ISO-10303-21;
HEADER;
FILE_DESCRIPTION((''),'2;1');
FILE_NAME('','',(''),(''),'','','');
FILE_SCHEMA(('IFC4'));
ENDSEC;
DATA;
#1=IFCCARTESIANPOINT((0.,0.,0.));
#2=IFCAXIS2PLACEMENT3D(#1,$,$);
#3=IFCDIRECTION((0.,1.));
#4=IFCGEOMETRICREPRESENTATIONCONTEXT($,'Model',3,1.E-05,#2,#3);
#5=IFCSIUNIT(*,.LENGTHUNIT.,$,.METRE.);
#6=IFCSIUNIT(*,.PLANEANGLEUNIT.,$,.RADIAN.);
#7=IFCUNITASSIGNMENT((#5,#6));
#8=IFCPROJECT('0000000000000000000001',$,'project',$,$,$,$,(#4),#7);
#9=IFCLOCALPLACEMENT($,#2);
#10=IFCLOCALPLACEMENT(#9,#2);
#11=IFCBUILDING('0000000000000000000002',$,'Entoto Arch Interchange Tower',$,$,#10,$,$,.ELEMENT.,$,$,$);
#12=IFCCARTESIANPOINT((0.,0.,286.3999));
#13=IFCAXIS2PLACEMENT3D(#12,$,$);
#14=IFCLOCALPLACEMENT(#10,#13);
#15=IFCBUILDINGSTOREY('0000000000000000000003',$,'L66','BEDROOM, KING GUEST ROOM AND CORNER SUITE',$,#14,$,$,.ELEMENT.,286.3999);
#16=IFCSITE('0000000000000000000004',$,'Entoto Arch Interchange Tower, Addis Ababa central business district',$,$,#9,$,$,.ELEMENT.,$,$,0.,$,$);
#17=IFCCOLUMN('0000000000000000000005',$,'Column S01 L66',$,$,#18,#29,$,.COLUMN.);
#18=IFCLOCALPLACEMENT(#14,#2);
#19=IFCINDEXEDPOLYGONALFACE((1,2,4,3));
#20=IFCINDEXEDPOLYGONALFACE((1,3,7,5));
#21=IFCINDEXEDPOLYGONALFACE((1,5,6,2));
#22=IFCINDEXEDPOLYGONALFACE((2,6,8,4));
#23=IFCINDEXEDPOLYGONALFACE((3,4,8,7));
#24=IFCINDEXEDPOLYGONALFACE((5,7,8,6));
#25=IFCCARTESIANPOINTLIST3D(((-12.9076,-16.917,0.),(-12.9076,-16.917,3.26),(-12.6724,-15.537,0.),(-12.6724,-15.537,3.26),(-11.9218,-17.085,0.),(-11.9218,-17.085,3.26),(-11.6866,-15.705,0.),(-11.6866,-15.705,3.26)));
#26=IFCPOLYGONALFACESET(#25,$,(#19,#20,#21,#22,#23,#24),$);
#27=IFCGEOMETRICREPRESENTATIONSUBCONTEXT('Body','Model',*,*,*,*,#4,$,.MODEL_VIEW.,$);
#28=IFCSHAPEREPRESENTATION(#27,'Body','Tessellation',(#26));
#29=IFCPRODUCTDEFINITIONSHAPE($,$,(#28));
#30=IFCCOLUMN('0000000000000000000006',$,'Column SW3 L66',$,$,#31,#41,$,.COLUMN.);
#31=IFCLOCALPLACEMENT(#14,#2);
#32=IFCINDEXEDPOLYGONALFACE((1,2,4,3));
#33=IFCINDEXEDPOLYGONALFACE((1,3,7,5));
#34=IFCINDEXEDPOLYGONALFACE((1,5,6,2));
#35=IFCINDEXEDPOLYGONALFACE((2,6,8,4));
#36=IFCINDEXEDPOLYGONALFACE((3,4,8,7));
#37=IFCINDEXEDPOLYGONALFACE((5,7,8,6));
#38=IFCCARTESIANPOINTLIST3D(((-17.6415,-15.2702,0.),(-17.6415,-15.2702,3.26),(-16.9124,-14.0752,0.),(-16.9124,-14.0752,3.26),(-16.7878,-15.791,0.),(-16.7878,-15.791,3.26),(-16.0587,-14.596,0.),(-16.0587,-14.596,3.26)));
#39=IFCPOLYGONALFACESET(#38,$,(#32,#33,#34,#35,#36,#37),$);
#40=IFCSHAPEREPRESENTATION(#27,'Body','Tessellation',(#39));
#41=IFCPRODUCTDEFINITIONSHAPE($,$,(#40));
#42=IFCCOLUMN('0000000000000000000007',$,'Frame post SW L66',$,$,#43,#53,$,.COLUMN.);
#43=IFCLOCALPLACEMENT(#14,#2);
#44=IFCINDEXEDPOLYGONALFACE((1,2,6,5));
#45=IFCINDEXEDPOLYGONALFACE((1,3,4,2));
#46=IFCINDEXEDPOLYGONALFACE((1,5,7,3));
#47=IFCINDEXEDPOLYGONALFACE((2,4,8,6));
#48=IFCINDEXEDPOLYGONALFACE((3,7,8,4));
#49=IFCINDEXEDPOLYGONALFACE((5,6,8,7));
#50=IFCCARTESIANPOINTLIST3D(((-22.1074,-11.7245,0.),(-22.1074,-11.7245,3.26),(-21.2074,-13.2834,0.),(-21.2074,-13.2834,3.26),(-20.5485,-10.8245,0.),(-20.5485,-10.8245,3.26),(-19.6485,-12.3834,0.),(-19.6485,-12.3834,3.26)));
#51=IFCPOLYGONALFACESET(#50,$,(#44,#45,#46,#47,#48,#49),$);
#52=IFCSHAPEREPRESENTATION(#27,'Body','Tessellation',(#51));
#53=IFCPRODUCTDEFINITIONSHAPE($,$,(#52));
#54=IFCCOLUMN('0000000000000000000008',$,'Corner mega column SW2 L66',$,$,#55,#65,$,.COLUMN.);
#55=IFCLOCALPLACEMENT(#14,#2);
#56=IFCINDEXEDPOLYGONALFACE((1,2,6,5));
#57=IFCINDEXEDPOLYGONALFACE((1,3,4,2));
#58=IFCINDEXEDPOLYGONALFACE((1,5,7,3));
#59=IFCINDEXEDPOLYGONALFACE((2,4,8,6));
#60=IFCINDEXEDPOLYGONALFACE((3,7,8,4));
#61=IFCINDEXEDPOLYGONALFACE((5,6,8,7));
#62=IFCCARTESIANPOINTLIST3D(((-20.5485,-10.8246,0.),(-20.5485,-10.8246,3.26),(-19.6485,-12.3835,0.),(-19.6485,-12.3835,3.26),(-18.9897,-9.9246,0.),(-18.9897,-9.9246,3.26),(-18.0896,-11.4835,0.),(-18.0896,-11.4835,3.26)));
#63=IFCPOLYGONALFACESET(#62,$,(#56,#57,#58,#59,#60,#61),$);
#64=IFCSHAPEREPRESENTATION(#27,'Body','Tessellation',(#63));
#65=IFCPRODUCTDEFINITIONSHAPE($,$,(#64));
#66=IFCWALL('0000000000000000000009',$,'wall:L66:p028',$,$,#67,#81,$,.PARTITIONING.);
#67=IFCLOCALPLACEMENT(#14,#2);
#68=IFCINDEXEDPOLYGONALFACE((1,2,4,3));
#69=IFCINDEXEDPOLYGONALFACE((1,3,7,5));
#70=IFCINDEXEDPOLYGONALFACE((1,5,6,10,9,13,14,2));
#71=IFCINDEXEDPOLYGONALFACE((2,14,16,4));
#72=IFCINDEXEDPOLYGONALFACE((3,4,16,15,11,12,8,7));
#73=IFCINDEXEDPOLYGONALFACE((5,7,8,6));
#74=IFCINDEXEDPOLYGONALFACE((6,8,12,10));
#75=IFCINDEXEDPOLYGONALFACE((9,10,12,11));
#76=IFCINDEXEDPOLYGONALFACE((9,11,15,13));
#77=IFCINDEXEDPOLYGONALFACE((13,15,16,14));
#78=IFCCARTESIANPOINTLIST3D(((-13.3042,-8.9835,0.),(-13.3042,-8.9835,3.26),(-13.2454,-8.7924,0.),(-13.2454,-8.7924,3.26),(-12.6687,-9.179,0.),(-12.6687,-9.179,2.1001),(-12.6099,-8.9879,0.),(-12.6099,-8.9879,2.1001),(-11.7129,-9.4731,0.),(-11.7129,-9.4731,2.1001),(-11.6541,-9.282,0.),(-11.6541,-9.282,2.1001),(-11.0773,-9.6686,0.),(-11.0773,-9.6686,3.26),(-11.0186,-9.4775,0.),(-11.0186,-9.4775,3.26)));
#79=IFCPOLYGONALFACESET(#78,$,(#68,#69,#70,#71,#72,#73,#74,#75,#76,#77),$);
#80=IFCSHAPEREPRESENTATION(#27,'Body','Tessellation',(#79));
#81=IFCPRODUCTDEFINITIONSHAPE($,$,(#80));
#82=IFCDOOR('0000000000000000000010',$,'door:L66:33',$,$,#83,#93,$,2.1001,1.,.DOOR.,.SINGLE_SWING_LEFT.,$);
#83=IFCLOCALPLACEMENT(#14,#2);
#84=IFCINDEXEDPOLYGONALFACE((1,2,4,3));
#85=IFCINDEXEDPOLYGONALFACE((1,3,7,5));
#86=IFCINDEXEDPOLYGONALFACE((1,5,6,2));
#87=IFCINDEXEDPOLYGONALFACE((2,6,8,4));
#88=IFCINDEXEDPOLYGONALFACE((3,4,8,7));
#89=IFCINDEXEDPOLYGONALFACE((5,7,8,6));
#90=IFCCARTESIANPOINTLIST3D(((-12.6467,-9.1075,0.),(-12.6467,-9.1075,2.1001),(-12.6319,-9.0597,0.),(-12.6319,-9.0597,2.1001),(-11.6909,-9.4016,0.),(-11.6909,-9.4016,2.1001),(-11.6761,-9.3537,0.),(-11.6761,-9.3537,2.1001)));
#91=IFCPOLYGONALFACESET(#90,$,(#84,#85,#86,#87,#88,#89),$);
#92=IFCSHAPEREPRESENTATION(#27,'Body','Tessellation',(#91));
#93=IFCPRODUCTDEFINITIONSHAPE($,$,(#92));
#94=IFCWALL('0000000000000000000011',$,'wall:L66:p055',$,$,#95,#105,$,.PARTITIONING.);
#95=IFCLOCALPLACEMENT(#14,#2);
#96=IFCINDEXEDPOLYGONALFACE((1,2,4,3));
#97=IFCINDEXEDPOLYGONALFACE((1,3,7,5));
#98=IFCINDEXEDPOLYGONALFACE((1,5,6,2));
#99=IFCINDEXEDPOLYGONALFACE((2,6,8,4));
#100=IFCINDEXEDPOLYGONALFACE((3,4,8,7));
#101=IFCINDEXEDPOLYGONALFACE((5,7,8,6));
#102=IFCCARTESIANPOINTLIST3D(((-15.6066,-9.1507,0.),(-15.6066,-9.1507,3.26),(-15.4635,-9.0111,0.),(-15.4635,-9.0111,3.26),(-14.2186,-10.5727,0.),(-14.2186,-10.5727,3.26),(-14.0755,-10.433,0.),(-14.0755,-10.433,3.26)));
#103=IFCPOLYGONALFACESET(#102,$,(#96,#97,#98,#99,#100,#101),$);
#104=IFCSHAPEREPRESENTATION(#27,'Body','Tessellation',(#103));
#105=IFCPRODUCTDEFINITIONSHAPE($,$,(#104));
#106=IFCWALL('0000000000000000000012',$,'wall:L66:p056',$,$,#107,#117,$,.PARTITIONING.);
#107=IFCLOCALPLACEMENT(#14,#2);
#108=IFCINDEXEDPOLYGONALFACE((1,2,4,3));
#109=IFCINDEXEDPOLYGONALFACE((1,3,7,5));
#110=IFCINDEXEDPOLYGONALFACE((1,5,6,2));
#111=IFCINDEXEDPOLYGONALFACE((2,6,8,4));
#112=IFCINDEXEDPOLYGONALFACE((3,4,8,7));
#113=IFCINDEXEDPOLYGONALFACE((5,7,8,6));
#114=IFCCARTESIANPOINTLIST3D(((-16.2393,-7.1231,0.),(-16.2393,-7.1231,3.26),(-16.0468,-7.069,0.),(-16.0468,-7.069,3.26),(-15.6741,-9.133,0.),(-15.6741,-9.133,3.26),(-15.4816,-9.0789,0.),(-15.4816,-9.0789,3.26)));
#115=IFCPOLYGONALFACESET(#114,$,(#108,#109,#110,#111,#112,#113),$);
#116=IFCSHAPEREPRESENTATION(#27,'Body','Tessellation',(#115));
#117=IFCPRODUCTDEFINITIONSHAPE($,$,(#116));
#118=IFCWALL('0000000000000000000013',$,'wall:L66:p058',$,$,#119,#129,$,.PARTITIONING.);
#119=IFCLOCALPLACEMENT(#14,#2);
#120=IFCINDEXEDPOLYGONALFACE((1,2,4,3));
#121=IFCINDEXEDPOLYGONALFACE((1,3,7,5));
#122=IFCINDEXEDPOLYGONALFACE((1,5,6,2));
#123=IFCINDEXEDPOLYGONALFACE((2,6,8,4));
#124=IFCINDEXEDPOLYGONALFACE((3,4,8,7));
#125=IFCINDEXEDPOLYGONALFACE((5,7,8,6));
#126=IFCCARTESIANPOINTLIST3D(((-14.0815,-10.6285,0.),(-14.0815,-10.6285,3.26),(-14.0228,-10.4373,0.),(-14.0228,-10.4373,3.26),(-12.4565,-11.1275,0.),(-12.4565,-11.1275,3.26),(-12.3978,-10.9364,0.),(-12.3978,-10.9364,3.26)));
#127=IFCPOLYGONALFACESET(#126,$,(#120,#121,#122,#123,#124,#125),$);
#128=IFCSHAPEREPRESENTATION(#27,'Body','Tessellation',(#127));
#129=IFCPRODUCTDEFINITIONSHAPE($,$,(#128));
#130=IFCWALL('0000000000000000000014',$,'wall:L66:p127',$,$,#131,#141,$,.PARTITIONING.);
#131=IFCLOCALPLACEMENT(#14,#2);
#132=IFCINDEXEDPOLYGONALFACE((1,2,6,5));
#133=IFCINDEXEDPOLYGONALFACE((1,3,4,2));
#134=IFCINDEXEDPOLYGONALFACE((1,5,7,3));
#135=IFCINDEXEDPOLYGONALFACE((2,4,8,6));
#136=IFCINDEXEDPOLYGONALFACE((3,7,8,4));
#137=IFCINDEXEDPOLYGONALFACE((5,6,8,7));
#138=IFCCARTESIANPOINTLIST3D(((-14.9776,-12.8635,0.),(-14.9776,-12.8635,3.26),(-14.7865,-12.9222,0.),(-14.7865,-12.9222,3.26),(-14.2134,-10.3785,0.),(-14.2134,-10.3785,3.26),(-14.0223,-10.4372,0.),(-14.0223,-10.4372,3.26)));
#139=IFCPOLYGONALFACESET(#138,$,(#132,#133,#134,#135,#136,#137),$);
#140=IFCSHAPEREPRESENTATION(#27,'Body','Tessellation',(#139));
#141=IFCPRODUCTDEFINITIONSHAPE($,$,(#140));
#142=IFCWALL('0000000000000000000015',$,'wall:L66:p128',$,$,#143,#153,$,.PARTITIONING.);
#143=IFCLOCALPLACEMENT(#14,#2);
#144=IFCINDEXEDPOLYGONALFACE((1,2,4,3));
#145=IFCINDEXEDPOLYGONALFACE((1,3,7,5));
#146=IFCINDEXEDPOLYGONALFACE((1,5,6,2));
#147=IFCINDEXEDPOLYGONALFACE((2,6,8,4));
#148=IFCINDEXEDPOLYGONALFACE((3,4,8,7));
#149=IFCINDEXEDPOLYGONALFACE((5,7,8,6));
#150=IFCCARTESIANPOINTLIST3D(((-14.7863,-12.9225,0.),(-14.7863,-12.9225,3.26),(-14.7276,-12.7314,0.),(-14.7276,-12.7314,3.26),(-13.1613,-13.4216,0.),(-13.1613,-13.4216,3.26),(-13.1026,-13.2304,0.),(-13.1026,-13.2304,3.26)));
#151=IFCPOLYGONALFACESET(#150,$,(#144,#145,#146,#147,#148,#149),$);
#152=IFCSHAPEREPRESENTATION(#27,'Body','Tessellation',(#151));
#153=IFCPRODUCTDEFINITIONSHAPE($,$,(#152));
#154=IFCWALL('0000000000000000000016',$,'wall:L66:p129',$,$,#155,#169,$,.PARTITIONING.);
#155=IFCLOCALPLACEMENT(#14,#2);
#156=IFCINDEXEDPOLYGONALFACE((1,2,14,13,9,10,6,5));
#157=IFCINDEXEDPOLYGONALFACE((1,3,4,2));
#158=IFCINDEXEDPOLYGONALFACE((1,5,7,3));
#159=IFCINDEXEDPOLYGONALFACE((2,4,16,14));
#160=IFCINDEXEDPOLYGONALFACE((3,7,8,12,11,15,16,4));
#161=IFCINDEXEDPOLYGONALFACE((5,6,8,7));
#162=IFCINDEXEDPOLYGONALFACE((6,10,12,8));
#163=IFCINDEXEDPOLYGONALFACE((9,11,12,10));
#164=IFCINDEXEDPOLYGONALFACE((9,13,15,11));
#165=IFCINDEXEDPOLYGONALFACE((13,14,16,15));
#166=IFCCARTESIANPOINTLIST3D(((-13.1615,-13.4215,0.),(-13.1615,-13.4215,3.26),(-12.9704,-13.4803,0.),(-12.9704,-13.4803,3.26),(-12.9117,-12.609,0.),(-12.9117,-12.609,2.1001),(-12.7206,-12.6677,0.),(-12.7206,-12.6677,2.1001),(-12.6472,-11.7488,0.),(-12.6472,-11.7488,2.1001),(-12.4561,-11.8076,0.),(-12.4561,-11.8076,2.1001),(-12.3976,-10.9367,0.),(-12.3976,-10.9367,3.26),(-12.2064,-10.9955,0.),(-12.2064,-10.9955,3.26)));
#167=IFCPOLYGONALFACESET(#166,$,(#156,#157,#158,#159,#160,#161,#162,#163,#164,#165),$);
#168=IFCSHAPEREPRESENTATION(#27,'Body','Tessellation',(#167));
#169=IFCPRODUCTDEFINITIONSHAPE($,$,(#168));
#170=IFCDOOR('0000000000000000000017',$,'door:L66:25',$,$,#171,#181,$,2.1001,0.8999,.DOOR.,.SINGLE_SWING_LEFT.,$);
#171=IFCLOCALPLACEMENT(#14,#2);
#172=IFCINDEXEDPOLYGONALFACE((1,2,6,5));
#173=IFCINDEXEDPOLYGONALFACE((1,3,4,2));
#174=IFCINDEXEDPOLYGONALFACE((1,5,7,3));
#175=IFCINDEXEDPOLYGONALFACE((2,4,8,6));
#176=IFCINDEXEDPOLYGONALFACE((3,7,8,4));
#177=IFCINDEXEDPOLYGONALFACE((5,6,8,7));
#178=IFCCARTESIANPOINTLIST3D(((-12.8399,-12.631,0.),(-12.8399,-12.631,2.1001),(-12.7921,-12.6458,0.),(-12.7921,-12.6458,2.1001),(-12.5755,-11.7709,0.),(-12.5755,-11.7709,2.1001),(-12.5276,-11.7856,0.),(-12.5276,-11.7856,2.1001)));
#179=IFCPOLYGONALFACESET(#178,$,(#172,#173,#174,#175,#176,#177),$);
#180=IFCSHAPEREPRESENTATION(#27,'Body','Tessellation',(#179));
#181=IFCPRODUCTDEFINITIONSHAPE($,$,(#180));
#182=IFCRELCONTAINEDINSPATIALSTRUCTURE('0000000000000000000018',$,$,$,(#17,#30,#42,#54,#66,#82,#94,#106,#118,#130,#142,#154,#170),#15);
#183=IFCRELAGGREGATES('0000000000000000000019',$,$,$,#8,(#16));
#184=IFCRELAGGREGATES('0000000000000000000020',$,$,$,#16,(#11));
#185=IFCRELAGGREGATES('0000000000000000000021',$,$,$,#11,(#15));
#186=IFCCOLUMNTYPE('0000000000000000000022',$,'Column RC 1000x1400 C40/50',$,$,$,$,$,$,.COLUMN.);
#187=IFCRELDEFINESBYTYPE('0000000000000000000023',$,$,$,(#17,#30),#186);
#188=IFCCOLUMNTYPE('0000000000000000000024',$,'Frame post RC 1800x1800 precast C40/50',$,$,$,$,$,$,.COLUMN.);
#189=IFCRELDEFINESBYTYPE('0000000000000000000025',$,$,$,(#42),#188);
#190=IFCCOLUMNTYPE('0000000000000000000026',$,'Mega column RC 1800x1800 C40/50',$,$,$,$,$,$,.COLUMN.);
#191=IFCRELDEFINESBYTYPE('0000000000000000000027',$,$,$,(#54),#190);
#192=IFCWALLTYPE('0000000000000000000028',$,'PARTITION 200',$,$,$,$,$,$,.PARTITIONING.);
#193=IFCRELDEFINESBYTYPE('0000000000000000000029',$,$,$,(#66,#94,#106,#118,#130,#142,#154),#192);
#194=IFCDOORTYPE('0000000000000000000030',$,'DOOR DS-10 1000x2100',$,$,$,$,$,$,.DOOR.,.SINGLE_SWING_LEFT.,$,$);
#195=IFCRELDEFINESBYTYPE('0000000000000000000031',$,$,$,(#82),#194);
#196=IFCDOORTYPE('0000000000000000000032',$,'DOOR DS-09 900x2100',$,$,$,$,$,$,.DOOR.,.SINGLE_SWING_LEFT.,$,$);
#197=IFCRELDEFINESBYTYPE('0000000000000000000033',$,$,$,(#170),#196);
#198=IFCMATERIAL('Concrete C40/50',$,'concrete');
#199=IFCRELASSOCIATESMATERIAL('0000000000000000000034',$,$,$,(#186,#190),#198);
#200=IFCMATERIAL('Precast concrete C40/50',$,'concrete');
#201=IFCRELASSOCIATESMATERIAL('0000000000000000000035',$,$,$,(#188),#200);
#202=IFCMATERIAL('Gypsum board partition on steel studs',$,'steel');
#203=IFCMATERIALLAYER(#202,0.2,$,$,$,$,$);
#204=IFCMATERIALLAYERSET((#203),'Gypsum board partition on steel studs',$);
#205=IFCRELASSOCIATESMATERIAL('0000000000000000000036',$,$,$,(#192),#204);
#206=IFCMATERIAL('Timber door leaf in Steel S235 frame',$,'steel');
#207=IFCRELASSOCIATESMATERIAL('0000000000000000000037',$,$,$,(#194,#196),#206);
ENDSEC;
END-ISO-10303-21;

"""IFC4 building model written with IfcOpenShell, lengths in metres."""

from ifc_helpers import new_model, si_unit, direction, frame, frame_2d, origin, origin_2d, place, context, subcontext, project, spatial, rectangle, extrude, material, layer, layer_set, material_profile, profile_set, type_object, element, fill, save


model = new_model("IFC4")

# Units and contexts
model_context = context("Model", 3, precision=1e-05, world=origin(), true_north=direction((0.0, 1.0)))
body_context = subcontext(model_context, "Body", "Model", "MODEL_VIEW")
ifc_project = project(units=[si_unit("LENGTHUNIT", "METRE"), si_unit("PLANEANGLEUNIT", "RADIAN")], contexts=[model_context])

# Site, building, storey
site_placement = place(None, origin())
site = spatial("IfcSite", under=ifc_project, at=site_placement, Name="Entoto Arch Interchange Tower, Addis Ababa central business district", CompositionType="ELEMENT", RefElevation=0.0)
building_placement = place(site_placement, origin())
building = spatial("IfcBuilding", under=site, at=building_placement, Name="Entoto Arch Interchange Tower", CompositionType="ELEMENT")
storey_placement = place(building_placement, frame((0.0, 0.0, 286.3999)))
storey = spatial("IfcBuildingStorey", under=building, at=storey_placement, Name="L66", Description="BEDROOM, KING GUEST ROOM AND CORNER SUITE", CompositionType="ELEMENT", Elevation=286.3999)

# Columns
ifc_material_1 = material(Name="Concrete C40/50", Category="concrete")
ifc_material_profile_1 = material_profile(ifc_material_1, rectangle(XDim=1.0, YDim=1.3999, at=origin_2d()))
ifc_profile_set_1 = profile_set([ifc_material_profile_1], Name="Concrete C40/50")
column_type_1 = type_object("IfcColumnType", Name="Column RC 1000x1400 C40/50", PredefinedType="COLUMN", material=ifc_profile_set_1)
for number, where, z_axis, x_axis, name in (
    (1, (-12.2971, -16.311, 0.0), (0.0, 0.0, 1.0), (-0.985786, 0.168008, 0.0), "Column S01 L66"),
    (2, (-16.8501, -14.9331, 0.0), (0.0, 0.0, 1.0), (-0.853651, 0.520846, 0.0), "Column SW3 L66"),
):
    element("IfcColumn", number, at=place(storey_placement, frame(where, z_axis=z_axis, x_axis=x_axis)), inside=storey, type_object=column_type_1, Name=name, PredefinedType="COLUMN", context=body_context, shape_type="SweptSolid", body=[
        extrude(rectangle(XDim=1.0, YDim=1.3999, at=origin_2d()), origin(), (0.0, 0.0, 1.0), 3.26),
    ])
ifc_material_2 = material(Name="Precast concrete C40/50", Category="concrete")
ifc_material_profile_2 = material_profile(ifc_material_2, rectangle(XDim=1.8, YDim=1.8, at=origin_2d()))
ifc_profile_set_2 = profile_set([ifc_material_profile_2], Name="Precast concrete C40/50")
column_type_2 = type_object("IfcColumnType", Name="Frame post RC 1800x1800 precast C40/50", PredefinedType="COLUMN", material=ifc_profile_set_2)
column_1_placement = place(storey_placement, frame((-20.8779, -12.054, 0.0), z_axis=(0.0, 0.0, 1.0), x_axis=(0.866025, 0.5, 0.0)))
element("IfcColumn", 3, at=column_1_placement, inside=storey, type_object=column_type_2, Name="Frame post SW L66", PredefinedType="COLUMN", context=body_context, shape_type="SweptSolid", body=[
    extrude(rectangle(XDim=1.8, YDim=1.8, at=origin_2d()), origin(), (0.0, 0.0, 1.0), 3.26),
])
ifc_material_profile_3 = material_profile(ifc_material_1, rectangle(XDim=1.8, YDim=1.8, at=origin_2d()))
ifc_profile_set_3 = profile_set([ifc_material_profile_3], Name="Concrete C40/50")
column_type_3 = type_object("IfcColumnType", Name="Mega column RC 1800x1800 C40/50", PredefinedType="COLUMN", material=ifc_profile_set_3)
column_2_placement = place(storey_placement, frame((-19.3191, -11.1541, 0.0), z_axis=(0.0, 0.0, 1.0), x_axis=(0.866025, 0.5, 0.0)))
element("IfcColumn", 4, at=column_2_placement, inside=storey, type_object=column_type_3, Name="Corner mega column SW2 L66", PredefinedType="COLUMN", context=body_context, shape_type="SweptSolid", body=[
    extrude(rectangle(XDim=1.8, YDim=1.8, at=origin_2d()), origin(), (0.0, 0.0, 1.0), 3.26),
])

# Wall, opening, door
ifc_material_3 = material(Name="Gypsum board partition on steel studs", Category="steel")
ifc_layer_1 = layer(ifc_material_3, 0.2)
ifc_layer_set_1 = layer_set([ifc_layer_1], Name="Gypsum board partition on steel studs")
wall_type_1 = type_object("IfcWallType", Name="PARTITION 200", PredefinedType="PARTITIONING", material=ifc_layer_set_1)
wall_1_placement = place(storey_placement, frame((-13.2749, -8.8879, 0.0), z_axis=(0.0, 0.0, 1.0), x_axis=(0.955793, -0.294042, 0.0)))
wall_1 = element("IfcWall", 5, at=wall_1_placement, inside=storey, type_object=wall_type_1, Name="wall:L66:p028", PredefinedType="PARTITIONING", context=body_context, shape_type="SweptSolid", body=[
    extrude(rectangle(XDim=2.3298, YDim=0.2, at=frame_2d((1.165, 0.0))), origin(), (0.0, 0.0, 1.0), 3.26),
])
opening_1_placement = place(wall_1_placement, frame((0.665, 0.0, 0.0)))
opening_1 = element("IfcOpeningElement", 6, at=opening_1_placement, cuts=wall_1, PredefinedType="OPENING", context=body_context, shape_type="SweptSolid", body=[
    extrude(rectangle(XDim=1.0, YDim=2.1001, at=frame_2d((0.5, 1.05))), frame((0.0, 0.1099, 0.0), z_axis=(0.0, -1.0, 0.0), x_axis=(1.0, 0.0, 0.0)), (0.0, 0.0, 1.0), 0.22),
])
ifc_material_4 = material(Name="Timber door leaf in Steel S235 frame", Category="steel")
door_type_1 = type_object("IfcDoorType", Name="DOOR DS-10 1000x2100", OperationType="SINGLE_SWING_LEFT", PredefinedType="DOOR", material=ifc_material_4)
door_1_placement = place(opening_1_placement, origin())
door_1 = element("IfcDoor", 7, at=door_1_placement, inside=storey, type_object=door_type_1, Name="door:L66:33", OperationType="SINGLE_SWING_LEFT", OverallHeight=2.1001, OverallWidth=1.0, PredefinedType="DOOR", context=body_context, shape_type="SweptSolid", body=[
    extrude(rectangle(XDim=1.0, YDim=2.1001, at=frame_2d((0.5, 1.05))), frame((0.0, 0.0249, 0.0), z_axis=(0.0, -1.0, 0.0), x_axis=(1.0, 0.0, 0.0)), (0.0, 0.0, 1.0), 0.05),
])
fill(opening_1, door_1)

# Walls
wall_2_placement = place(storey_placement, frame((-14.147, -10.5029, 0.0), z_axis=(0.0, 0.0, 1.0), x_axis=(-0.698516, 0.715595, 0.0)))
element("IfcWall", 8, at=wall_2_placement, inside=storey, type_object=wall_type_1, Name="wall:L66:p055", PredefinedType="PARTITIONING", context=body_context, shape_type="SweptSolid", body=[
    extrude(rectangle(XDim=1.9871, YDim=0.2, at=frame_2d((0.9937, 0.0))), origin(), (0.0, 0.0, 1.0), 3.26),
])
wall_3_placement = place(storey_placement, frame((-15.5779, -9.106, 0.0), z_axis=(0.0, 0.0, 1.0), x_axis=(-0.270688, 0.962667, 0.0)))
element("IfcWall", 9, at=wall_3_placement, inside=storey, type_object=wall_type_1, Name="wall:L66:p056", PredefinedType="PARTITIONING", context=body_context, shape_type="SweptSolid", body=[
    extrude(rectangle(XDim=2.0879, YDim=0.2, at=frame_2d((1.0439, 0.0))), origin(), (0.0, 0.0, 1.0), 3.26),
])
wall_4_placement = place(storey_placement, frame((-12.427, -11.032, 0.0), z_axis=(0.0, 0.0, 1.0), x_axis=(-0.95594, 0.293561, 0.0)))
element("IfcWall", 10, at=wall_4_placement, inside=storey, type_object=wall_type_1, Name="wall:L66:p058", PredefinedType="PARTITIONING", context=body_context, shape_type="SweptSolid", body=[
    extrude(rectangle(XDim=1.7, YDim=0.2, at=frame_2d((0.8501, 0.0))), origin(), (0.0, 0.0, 1.0), 3.26),
])
wall_5_placement = place(storey_placement, frame((-14.1179, -10.408, 0.0), z_axis=(0.0, 0.0, 1.0), x_axis=(-0.293914, -0.955832, 0.0)))
element("IfcWall", 11, at=wall_5_placement, inside=storey, type_object=wall_type_1, Name="wall:L66:p127", PredefinedType="PARTITIONING", context=body_context, shape_type="SweptSolid", body=[
    extrude(rectangle(XDim=2.5999, YDim=0.2, at=frame_2d((1.2998, 0.0))), origin(), (0.0, 0.0, 1.0), 3.26),
])
wall_6_placement = place(storey_placement, frame((-14.7571, -12.8269, 0.0), z_axis=(0.0, 0.0, 1.0), x_axis=(0.95594, -0.293561, 0.0)))
element("IfcWall", 12, at=wall_6_placement, inside=storey, type_object=wall_type_1, Name="wall:L66:p128", PredefinedType="PARTITIONING", context=body_context, shape_type="SweptSolid", body=[
    extrude(rectangle(XDim=1.7, YDim=0.2, at=frame_2d((0.8501, 0.0))), origin(), (0.0, 0.0, 1.0), 3.26),
])

# Wall, opening, door
wall_7_placement = place(storey_placement, frame((-13.0659, -13.4509, 0.0), z_axis=(0.0, 0.0, 1.0), x_axis=(0.293855, 0.95585, 0.0)))
wall_7 = element("IfcWall", 13, at=wall_7_placement, inside=storey, type_object=wall_type_1, Name="wall:L66:p129", PredefinedType="PARTITIONING", context=body_context, shape_type="SweptSolid", body=[
    extrude(rectangle(XDim=2.5996, YDim=0.2, at=frame_2d((1.2998, 0.0))), origin(), (0.0, 0.0, 1.0), 3.26),
])
opening_2_placement = place(wall_7_placement, frame((0.8501, 0.0, 0.0)))
opening_2 = element("IfcOpeningElement", 14, at=opening_2_placement, cuts=wall_7, PredefinedType="OPENING", context=body_context, shape_type="SweptSolid", body=[
    extrude(rectangle(XDim=0.8999, YDim=2.1001, at=frame_2d((0.45, 1.05))), frame((0.0, 0.1099, 0.0), z_axis=(0.0, -1.0, 0.0), x_axis=(1.0, 0.0, 0.0)), (0.0, 0.0, 1.0), 0.22),
])
door_type_2 = type_object("IfcDoorType", Name="DOOR DS-09 900x2100", OperationType="SINGLE_SWING_LEFT", PredefinedType="DOOR", material=ifc_material_4)
door_2_placement = place(opening_2_placement, origin())
door_2 = element("IfcDoor", 15, at=door_2_placement, inside=storey, type_object=door_type_2, Name="door:L66:25", OperationType="SINGLE_SWING_LEFT", OverallHeight=2.1001, OverallWidth=0.8999, PredefinedType="DOOR", context=body_context, shape_type="SweptSolid", body=[
    extrude(rectangle(XDim=0.8999, YDim=2.1001, at=frame_2d((0.45, 1.05))), frame((0.0, 0.0249, 0.0), z_axis=(0.0, -1.0, 0.0), x_axis=(1.0, 0.0, 0.0)), (0.0, 0.0, 1.0), 0.05),
])
fill(opening_2, door_2)

save(model, "model.ifc")
